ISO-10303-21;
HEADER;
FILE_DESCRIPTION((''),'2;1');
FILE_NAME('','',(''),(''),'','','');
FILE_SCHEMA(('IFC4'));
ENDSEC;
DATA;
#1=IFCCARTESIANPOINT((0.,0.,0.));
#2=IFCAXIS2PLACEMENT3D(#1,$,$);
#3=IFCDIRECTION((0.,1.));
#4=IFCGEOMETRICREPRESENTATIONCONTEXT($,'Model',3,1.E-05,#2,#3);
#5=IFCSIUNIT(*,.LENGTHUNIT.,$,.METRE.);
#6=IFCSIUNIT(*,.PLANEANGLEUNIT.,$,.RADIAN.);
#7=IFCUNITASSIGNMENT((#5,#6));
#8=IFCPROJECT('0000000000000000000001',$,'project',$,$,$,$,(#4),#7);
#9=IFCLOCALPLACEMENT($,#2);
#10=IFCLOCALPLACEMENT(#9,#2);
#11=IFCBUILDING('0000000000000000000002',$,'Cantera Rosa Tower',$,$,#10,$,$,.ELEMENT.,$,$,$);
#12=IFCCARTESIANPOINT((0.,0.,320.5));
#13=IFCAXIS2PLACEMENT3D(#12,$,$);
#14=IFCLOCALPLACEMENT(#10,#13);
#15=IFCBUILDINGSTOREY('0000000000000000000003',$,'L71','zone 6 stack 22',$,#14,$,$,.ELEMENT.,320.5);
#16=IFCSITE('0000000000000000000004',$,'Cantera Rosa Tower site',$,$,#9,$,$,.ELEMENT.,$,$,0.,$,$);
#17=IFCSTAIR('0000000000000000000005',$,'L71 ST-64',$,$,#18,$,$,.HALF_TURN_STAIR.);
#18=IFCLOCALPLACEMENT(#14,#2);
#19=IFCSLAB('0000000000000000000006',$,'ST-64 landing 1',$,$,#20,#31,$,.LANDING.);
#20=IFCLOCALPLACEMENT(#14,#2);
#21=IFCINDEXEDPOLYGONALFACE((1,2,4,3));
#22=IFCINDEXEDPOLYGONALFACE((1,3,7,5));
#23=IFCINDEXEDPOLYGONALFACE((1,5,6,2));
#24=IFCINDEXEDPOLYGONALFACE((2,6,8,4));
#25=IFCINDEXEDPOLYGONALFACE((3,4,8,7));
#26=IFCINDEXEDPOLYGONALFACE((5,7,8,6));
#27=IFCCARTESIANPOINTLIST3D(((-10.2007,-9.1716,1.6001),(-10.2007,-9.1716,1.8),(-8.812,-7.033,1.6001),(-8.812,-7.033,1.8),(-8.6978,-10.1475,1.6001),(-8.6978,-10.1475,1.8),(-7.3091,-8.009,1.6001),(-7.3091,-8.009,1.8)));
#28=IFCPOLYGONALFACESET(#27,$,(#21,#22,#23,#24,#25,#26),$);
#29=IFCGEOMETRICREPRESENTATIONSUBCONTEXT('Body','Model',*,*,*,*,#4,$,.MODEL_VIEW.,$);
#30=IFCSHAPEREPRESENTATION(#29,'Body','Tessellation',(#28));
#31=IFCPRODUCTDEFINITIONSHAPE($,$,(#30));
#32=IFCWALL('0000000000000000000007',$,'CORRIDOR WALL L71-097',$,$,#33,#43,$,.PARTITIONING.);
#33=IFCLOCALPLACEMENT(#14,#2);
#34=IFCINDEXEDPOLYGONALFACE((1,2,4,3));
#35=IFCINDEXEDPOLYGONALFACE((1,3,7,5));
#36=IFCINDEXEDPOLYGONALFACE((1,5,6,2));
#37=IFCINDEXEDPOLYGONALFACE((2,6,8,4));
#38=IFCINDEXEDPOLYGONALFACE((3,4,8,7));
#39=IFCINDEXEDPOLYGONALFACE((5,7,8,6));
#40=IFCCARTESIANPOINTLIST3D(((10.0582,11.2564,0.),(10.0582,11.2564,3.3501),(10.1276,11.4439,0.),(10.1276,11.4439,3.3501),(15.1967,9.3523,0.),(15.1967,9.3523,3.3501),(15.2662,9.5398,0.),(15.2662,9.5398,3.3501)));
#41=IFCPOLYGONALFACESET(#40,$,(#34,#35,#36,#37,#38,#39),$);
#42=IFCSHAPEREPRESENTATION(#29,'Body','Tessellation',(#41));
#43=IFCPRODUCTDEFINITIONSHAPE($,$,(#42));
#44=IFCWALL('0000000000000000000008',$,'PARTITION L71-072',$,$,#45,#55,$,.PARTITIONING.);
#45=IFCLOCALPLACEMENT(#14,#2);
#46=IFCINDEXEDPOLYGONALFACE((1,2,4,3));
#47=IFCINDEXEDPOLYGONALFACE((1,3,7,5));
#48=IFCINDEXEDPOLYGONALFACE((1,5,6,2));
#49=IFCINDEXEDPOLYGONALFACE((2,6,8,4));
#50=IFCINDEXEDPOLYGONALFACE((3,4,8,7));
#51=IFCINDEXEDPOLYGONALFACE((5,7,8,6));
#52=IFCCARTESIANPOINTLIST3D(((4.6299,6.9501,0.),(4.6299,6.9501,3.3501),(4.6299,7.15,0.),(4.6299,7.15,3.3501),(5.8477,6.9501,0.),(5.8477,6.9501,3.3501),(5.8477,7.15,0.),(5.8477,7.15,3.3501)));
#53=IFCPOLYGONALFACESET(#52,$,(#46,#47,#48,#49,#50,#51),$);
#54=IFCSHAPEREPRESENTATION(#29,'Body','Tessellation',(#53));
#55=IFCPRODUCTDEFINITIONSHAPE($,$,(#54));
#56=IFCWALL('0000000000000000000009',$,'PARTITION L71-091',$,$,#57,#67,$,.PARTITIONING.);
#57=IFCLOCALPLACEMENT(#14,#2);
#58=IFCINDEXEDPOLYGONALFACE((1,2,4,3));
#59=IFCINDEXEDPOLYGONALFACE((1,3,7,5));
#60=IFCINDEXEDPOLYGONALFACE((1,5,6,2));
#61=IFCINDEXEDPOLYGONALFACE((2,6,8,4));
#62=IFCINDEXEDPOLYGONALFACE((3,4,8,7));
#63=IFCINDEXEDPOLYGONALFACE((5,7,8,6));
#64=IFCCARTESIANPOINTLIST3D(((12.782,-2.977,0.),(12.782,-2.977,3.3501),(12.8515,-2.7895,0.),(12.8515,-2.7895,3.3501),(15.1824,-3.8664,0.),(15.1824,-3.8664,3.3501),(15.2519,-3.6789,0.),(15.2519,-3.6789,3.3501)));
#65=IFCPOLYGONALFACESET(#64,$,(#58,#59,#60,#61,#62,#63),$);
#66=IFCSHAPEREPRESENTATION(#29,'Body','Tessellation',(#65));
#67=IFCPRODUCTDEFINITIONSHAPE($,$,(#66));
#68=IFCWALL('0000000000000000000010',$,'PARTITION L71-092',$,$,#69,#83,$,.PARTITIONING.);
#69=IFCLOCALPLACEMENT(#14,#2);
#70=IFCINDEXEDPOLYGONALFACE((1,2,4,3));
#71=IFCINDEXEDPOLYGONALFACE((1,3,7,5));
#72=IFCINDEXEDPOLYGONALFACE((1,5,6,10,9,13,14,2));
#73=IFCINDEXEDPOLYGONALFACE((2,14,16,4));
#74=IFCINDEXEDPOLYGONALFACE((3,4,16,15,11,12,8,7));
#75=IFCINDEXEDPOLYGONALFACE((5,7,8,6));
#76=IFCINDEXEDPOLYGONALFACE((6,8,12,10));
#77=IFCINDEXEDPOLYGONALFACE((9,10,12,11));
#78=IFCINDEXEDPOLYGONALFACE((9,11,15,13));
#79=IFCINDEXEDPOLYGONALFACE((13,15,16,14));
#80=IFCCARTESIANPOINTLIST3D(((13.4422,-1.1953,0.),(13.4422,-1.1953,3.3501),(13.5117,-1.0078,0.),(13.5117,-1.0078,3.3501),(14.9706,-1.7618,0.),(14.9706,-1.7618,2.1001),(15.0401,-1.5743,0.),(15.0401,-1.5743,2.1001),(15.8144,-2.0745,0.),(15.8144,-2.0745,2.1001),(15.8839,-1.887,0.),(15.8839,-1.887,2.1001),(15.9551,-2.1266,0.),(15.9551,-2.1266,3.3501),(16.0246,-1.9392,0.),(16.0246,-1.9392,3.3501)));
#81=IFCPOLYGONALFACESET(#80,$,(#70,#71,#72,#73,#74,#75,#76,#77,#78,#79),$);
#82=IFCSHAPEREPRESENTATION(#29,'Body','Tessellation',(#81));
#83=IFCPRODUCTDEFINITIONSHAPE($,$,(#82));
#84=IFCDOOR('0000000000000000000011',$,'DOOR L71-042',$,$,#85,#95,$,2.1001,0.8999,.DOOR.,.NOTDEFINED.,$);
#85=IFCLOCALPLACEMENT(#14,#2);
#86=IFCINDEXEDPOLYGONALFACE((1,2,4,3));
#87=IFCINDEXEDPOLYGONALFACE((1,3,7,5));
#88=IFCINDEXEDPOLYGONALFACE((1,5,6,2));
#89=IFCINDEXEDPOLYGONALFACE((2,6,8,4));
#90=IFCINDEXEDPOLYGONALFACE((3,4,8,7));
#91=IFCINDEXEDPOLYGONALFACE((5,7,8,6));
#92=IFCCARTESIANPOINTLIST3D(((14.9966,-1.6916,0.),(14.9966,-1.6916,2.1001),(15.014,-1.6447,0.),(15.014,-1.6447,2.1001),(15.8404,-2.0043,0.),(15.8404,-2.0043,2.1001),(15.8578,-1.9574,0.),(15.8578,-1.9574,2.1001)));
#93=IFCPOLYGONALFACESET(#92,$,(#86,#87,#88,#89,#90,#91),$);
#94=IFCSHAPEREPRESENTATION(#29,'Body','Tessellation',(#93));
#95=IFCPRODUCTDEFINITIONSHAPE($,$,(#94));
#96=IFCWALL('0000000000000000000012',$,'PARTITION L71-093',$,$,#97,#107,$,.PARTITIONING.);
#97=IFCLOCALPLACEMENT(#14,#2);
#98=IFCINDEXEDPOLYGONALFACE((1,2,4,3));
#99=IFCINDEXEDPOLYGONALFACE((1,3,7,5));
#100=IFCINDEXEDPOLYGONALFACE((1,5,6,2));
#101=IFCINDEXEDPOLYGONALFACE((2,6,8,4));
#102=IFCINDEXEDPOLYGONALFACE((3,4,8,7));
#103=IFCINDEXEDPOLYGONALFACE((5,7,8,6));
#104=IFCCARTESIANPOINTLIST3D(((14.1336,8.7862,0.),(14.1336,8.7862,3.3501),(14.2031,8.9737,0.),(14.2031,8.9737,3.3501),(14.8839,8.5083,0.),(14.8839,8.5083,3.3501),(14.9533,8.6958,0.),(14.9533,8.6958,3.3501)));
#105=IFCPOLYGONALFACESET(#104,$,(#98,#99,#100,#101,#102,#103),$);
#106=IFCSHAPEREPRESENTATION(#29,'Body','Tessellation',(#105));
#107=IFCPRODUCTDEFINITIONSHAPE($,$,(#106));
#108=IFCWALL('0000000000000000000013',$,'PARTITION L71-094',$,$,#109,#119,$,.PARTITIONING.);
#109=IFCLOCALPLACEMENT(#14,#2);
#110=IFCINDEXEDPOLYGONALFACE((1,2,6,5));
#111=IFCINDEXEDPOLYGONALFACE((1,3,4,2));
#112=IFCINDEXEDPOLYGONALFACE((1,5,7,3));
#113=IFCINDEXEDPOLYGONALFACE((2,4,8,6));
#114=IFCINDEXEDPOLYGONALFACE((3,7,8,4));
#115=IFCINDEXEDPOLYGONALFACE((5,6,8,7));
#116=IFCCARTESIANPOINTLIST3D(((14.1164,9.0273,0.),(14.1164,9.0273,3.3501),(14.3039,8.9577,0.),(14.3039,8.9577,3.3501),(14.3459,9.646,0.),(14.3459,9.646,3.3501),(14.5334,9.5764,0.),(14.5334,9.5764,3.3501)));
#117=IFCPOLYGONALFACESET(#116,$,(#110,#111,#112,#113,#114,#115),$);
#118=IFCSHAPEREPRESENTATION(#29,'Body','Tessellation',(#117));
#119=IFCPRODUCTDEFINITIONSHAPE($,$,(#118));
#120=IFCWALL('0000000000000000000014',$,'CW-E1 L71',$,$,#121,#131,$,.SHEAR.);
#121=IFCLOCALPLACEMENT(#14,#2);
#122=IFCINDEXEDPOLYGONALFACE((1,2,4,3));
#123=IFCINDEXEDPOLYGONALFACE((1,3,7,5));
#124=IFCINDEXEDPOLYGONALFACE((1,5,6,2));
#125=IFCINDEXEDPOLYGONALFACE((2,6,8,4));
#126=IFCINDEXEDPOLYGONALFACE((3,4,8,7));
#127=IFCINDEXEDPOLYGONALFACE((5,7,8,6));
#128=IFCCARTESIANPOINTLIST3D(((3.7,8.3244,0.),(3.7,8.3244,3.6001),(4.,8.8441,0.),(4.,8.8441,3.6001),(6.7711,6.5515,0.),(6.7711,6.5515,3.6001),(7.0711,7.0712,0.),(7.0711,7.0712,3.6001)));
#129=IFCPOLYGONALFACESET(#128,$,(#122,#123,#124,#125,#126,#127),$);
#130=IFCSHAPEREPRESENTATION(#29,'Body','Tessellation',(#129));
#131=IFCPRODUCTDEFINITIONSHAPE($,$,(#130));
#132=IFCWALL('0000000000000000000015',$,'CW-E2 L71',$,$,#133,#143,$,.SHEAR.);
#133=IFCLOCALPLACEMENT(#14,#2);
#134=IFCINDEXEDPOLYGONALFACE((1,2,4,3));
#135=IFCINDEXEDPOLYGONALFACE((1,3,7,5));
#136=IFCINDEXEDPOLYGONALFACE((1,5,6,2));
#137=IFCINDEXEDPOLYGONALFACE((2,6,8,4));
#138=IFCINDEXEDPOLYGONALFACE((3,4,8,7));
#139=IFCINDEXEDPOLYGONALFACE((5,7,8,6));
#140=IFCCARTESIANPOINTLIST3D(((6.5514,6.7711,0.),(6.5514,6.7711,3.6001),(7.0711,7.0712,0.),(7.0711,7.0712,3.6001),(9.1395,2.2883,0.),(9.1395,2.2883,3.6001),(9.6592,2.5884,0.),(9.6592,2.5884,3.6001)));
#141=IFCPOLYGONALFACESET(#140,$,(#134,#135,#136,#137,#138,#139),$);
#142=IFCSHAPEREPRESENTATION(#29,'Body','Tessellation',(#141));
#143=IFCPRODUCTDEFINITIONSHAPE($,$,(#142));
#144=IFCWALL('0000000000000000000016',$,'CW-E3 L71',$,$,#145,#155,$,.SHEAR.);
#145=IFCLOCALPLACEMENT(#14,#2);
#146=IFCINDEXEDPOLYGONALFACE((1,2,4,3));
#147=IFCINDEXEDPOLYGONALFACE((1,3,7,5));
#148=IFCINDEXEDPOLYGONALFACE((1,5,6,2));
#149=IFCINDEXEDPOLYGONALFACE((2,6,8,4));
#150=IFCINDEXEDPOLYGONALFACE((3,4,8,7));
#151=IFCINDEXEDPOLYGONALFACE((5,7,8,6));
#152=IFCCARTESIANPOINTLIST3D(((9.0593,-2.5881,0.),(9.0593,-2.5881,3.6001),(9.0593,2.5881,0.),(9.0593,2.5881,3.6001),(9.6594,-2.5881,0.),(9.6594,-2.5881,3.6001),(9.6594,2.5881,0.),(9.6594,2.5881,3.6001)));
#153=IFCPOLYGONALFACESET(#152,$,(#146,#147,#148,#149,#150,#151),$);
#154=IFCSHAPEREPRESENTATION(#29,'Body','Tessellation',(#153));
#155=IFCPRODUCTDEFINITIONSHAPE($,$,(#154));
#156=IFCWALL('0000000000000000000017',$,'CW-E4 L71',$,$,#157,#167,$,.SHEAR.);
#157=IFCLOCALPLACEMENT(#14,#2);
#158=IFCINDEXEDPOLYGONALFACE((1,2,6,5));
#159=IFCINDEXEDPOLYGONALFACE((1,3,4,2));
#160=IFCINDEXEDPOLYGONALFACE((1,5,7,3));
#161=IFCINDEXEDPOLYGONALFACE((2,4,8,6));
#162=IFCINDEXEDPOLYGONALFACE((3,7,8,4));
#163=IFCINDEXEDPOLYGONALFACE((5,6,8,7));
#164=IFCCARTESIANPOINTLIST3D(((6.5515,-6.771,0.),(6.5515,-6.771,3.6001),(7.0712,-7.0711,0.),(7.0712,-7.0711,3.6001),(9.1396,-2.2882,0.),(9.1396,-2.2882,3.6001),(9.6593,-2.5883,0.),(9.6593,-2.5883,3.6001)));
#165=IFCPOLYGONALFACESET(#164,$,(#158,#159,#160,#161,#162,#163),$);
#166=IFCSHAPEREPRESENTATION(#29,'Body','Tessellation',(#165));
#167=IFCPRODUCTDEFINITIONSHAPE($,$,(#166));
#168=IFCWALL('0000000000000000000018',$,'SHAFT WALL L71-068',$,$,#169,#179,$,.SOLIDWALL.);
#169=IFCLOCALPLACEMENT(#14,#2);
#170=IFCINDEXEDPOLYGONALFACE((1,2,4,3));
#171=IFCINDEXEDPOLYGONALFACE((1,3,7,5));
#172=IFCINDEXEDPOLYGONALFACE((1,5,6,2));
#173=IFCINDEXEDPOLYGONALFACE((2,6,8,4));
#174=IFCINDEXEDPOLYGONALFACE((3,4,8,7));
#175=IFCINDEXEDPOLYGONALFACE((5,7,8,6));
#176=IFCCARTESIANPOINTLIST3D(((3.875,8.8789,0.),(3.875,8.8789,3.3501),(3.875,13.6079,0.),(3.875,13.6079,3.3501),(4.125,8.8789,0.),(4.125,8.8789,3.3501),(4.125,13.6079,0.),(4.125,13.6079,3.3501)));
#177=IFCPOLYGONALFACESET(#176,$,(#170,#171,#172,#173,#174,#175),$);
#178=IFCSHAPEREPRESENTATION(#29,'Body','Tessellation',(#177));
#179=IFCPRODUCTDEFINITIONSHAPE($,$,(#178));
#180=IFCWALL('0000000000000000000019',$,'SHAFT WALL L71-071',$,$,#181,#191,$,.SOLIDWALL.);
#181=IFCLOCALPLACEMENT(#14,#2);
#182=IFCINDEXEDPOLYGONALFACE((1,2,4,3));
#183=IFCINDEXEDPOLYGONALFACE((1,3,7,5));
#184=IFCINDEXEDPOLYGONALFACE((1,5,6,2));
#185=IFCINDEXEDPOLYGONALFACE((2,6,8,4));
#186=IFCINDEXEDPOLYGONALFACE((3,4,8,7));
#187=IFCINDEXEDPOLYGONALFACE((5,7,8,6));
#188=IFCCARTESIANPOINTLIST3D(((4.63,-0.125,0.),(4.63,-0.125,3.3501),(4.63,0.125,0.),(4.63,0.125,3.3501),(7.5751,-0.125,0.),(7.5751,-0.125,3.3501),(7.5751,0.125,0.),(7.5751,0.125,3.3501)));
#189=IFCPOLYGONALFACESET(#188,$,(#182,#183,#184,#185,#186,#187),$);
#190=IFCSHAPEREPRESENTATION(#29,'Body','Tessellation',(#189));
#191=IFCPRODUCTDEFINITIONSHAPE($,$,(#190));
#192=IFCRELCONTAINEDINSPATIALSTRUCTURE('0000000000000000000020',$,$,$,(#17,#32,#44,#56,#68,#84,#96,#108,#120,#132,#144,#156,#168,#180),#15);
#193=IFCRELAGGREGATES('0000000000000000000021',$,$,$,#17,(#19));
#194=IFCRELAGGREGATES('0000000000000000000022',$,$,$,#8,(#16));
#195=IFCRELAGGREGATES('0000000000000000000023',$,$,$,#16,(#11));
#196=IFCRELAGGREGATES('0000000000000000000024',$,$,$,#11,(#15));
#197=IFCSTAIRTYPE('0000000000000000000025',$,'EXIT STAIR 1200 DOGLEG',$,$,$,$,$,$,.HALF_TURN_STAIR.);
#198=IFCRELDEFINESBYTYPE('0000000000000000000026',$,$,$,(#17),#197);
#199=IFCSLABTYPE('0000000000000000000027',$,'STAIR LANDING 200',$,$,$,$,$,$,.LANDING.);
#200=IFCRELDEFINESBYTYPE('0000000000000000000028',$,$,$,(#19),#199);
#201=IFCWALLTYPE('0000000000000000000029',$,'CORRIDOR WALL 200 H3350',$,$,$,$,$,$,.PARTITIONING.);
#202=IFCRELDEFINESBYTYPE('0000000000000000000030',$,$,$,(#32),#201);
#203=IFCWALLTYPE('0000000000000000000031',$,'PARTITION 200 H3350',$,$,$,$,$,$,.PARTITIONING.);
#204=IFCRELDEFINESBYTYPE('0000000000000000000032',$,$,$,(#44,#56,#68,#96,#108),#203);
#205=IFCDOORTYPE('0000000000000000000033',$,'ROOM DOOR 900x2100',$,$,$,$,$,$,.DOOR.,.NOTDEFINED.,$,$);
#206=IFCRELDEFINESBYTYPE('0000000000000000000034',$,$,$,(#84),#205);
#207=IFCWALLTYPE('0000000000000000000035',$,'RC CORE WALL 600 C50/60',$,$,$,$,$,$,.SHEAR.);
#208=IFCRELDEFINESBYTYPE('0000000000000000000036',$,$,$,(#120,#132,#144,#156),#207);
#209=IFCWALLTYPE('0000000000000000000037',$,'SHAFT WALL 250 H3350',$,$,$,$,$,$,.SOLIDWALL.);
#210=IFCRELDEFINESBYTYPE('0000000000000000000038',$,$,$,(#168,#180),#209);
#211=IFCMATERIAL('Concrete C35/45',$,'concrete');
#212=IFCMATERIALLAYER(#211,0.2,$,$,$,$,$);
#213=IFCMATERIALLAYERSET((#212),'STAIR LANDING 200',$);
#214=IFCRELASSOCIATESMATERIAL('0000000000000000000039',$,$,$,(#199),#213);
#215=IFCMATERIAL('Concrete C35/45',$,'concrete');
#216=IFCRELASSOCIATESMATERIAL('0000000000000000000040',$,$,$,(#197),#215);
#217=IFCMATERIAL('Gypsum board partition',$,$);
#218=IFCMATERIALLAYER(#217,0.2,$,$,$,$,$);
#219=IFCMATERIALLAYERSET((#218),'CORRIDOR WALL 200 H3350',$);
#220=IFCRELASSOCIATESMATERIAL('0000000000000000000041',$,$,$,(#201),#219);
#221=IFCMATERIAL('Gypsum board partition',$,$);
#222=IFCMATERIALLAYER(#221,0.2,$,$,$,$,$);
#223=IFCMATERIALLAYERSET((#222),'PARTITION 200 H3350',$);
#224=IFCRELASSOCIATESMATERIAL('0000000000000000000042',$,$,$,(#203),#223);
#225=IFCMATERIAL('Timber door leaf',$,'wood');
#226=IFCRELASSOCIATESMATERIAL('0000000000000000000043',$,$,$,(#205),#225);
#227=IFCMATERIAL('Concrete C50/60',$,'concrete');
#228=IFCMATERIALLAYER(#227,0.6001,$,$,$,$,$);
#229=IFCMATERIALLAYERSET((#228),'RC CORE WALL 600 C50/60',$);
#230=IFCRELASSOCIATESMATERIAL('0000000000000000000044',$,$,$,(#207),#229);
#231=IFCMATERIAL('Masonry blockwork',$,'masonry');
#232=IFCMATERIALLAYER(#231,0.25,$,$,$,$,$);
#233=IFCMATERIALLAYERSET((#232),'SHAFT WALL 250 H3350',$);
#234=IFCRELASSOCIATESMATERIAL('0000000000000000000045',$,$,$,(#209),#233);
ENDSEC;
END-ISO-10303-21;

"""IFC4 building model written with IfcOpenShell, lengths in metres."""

from ifc_helpers import new_model, si_unit, direction, frame, frame_2d, origin, place, context, subcontext, project, spatial, polyline, rectangle, outline, extrude, material, layer, layer_set, type_object, element, fill, aggregate, save


model = new_model("IFC4")

# Units and contexts
model_context = context("Model", 3, precision=1e-05, world=origin(), true_north=direction((0.0, 1.0)))
body_context = subcontext(model_context, "Body", "Model", "MODEL_VIEW")
ifc_project = project(units=[si_unit("LENGTHUNIT", "METRE"), si_unit("PLANEANGLEUNIT", "RADIAN")], contexts=[model_context])

# Site, building, storey
site_placement = place(None, origin())
site = spatial("IfcSite", under=ifc_project, at=site_placement, Name="Cantera Rosa Tower site", CompositionType="ELEMENT", RefElevation=0.0)
building_placement = place(site_placement, origin())
building = spatial("IfcBuilding", under=site, at=building_placement, Name="Cantera Rosa Tower", CompositionType="ELEMENT")
storey_placement = place(building_placement, frame((0.0, 0.0, 320.5)))
storey = spatial("IfcBuildingStorey", under=building, at=storey_placement, Name="L71", Description="zone 6 stack 22", CompositionType="ELEMENT", Elevation=320.5)

# Stair, slab
ifc_material_1 = material(Name="Concrete C35/45", Category="concrete")
ifc_layer_1 = layer(ifc_material_1, 0.2)
ifc_layer_set_1 = layer_set([ifc_layer_1], Name="STAIR LANDING 200")
slab_type = type_object("IfcSlabType", Name="STAIR LANDING 200", PredefinedType="LANDING", material=ifc_layer_set_1)
ifc_material_2 = material(Name="Concrete C35/45", Category="concrete")
stair_type_1 = type_object("IfcStairType", Name="EXIT STAIR 1200 DOGLEG", PredefinedType="HALF_TURN_STAIR", material=ifc_material_2)
stair_1_placement = place(storey_placement, origin())
stair_1 = element("IfcStair", 1, at=stair_1_placement, inside=storey, type_object=stair_type_1, Name="L71 ST-64", PredefinedType="HALF_TURN_STAIR")
slab_1_placement = place(storey_placement, frame((0.0, 0.0, 1.6001)))
slab_1 = element("IfcSlab", 2, at=slab_1_placement, type_object=slab_type, Name="ST-64 landing 1", PredefinedType="LANDING", context=body_context, shape_type="SweptSolid", body=[
    extrude(outline(polyline([(-7.3091, -8.009), (-8.812, -7.033), (-10.2007, -9.1716), (-8.6978, -10.1475), (-7.3091, -8.009)])), origin(), (0.0, 0.0, 1.0), 0.2),
])
aggregate(stair_1, [slab_1])

# Walls
ifc_material_3 = material(Name="Gypsum board partition")
ifc_layer_2 = layer(ifc_material_3, 0.2)
ifc_layer_set_2 = layer_set([ifc_layer_2], Name="CORRIDOR WALL 200 H3350")
wall_type_1 = type_object("IfcWallType", Name="CORRIDOR WALL 200 H3350", PredefinedType="PARTITIONING", material=ifc_layer_set_2)
wall_1_placement = place(storey_placement, frame((15.2314, 9.446, 0.0), z_axis=(0.0, 0.0, 1.0), x_axis=(-0.937693, 0.347464, 0.0)))
element("IfcWall", 3, at=wall_1_placement, inside=storey, type_object=wall_type_1, Name="CORRIDOR WALL L71-097", PredefinedType="PARTITIONING", context=body_context, shape_type="SweptSolid", body=[
    extrude(rectangle(XDim=5.48, YDim=0.2, at=frame_2d((2.74, 0.0))), origin(), (0.0, 0.0, 1.0), 3.3501),
])
ifc_material_4 = material(Name="Gypsum board partition")
ifc_layer_3 = layer(ifc_material_4, 0.2)
ifc_layer_set_3 = layer_set([ifc_layer_3], Name="PARTITION 200 H3350")
wall_type_2 = type_object("IfcWallType", Name="PARTITION 200 H3350", PredefinedType="PARTITIONING", material=ifc_layer_set_3)
wall_2_placement = place(storey_placement, frame((4.6299, 7.05, 0.0), z_axis=(0.0, 0.0, 1.0), x_axis=(1.0, 0.0, 0.0)))
element("IfcWall", 4, at=wall_2_placement, inside=storey, type_object=wall_type_2, Name="PARTITION L71-072", PredefinedType="PARTITIONING", context=body_context, shape_type="SweptSolid", body=[
    extrude(rectangle(XDim=1.2178, YDim=0.2, at=frame_2d((0.6089, 0.0))), origin(), (0.0, 0.0, 1.0), 3.3501),
])
wall_3_placement = place(storey_placement, frame((12.8169, -2.8833, 0.0), z_axis=(0.0, 0.0, 1.0), x_axis=(0.937702, -0.347442, 0.0)))
element("IfcWall", 5, at=wall_3_placement, inside=storey, type_object=wall_type_2, Name="PARTITION L71-091", PredefinedType="PARTITIONING", context=body_context, shape_type="SweptSolid", body=[
    extrude(rectangle(XDim=2.5598, YDim=0.2, at=frame_2d((1.2798, 0.0))), origin(), (0.0, 0.0, 1.0), 3.3501),
])

# Wall, opening, door
wall_4_placement = place(storey_placement, frame((13.4771, -1.1016, 0.0), z_axis=(0.0, 0.0, 1.0), x_axis=(0.937666, -0.347537, 0.0)))
wall_4 = element("IfcWall", 6, at=wall_4_placement, inside=storey, type_object=wall_type_2, Name="PARTITION L71-092", PredefinedType="PARTITIONING", context=body_context, shape_type="SweptSolid", body=[
    extrude(rectangle(XDim=2.6799, YDim=0.2, at=frame_2d((1.3398, 0.0))), origin(), (0.0, 0.0, 1.0), 3.3501),
])
opening_placement = place(wall_4_placement, frame((1.6299, 0.0, 0.0)))
opening = element("IfcOpeningElement", 7, at=opening_placement, cuts=wall_4, PredefinedType="OPENING", context=body_context, shape_type="SweptSolid", body=[
    extrude(rectangle(XDim=0.8999, YDim=2.1001, at=frame_2d((0.45, 1.05))), frame((0.0, 0.1099, 0.0), z_axis=(0.0, -1.0, 0.0), x_axis=(1.0, 0.0, 0.0)), (0.0, 0.0, 1.0), 0.22),
])
ifc_material_5 = material(Name="Timber door leaf", Category="wood")
door_type = type_object("IfcDoorType", Name="ROOM DOOR 900x2100", OperationType="NOTDEFINED", PredefinedType="DOOR", material=ifc_material_5)
door_placement = place(opening_placement, origin())
door = element("IfcDoor", 8, at=door_placement, inside=storey, type_object=door_type, Name="DOOR L71-042", OperationType="NOTDEFINED", OverallHeight=2.1001, OverallWidth=0.8999, PredefinedType="DOOR", context=body_context, shape_type="SweptSolid", body=[
    extrude(rectangle(XDim=0.8999, YDim=2.1001, at=frame_2d((0.45, 1.05))), frame((0.0, 0.0249, 0.0), z_axis=(0.0, -1.0, 0.0), x_axis=(1.0, 0.0, 0.0)), (0.0, 0.0, 1.0), 0.05),
])
fill(opening, door)

# Walls
wall_5_placement = place(storey_placement, frame((14.1685, 8.8799, 0.0), z_axis=(0.0, 0.0, 1.0), x_axis=(0.937763, -0.347275, 0.0)))
element("IfcWall", 9, at=wall_5_placement, inside=storey, type_object=wall_type_2, Name="PARTITION L71-093", PredefinedType="PARTITIONING", context=body_context, shape_type="SweptSolid", body=[
    extrude(rectangle(XDim=0.8, YDim=0.2, at=frame_2d((0.3999, 0.0))), origin(), (0.0, 0.0, 1.0), 3.3501),
])
wall_6_placement = place(storey_placement, frame((14.4397, 9.6113, 0.0), z_axis=(0.0, 0.0, 1.0), x_axis=(-0.347796, -0.93757, 0.0)))
element("IfcWall", 10, at=wall_6_placement, inside=storey, type_object=wall_type_2, Name="PARTITION L71-094", PredefinedType="PARTITIONING", context=body_context, shape_type="SweptSolid", body=[
    extrude(rectangle(XDim=0.6599, YDim=0.2, at=frame_2d((0.3301, 0.0))), origin(), (0.0, 0.0, 1.0), 3.3501),
])
ifc_material_6 = material(Name="Concrete C50/60", Category="concrete")
ifc_layer_4 = layer(ifc_material_6, 0.6001)
ifc_layer_set_4 = layer_set([ifc_layer_4], Name="RC CORE WALL 600 C50/60")
wall_type_3 = type_object("IfcWallType", Name="RC CORE WALL 600 C50/60", PredefinedType="SHEAR", material=ifc_layer_set_4)
wall_7_placement = place(storey_placement, frame((3.8501, 8.5842, 0.0), z_axis=(0.0, 0.0, 1.0), x_axis=(0.86604, -0.499975, 0.0)))
element("IfcWall", 11, at=wall_7_placement, inside=storey, type_object=wall_type_3, Name="CW-E1 L71", PredefinedType="SHEAR", context=body_context, shape_type="SweptSolid", body=[
    extrude(rectangle(XDim=3.5461, YDim=0.6001, at=frame_2d((1.7729, 0.0))), origin(), (0.0, 0.0, 1.0), 3.6001),
])
for number, where, z_axis, x_axis, name in (
    (12, (6.8113, 6.9211, 0.0), (0.0, 0.0, 1.0), (0.499989, -0.866032, 0.0), "CW-E2 L71"),
    (13, (9.3594, 2.5881, 0.0), (0.0, 0.0, 1.0), (0.0, -1.0, 0.0), "CW-E3 L71"),
    (14, (9.3994, -2.4382, 0.0), (0.0, 0.0, 1.0), (-0.499989, -0.866032, 0.0), "CW-E4 L71"),
):
    element("IfcWall", number, at=place(storey_placement, frame(where, z_axis=z_axis, x_axis=x_axis)), inside=storey, type_object=wall_type_3, Name=name, PredefinedType="SHEAR", context=body_context, shape_type="SweptSolid", body=[
        extrude(rectangle(XDim=5.1763, YDim=0.6001, at=frame_2d((2.5881, 0.0))), origin(), (0.0, 0.0, 1.0), 3.6001),
    ])
ifc_material_7 = material(Name="Masonry blockwork", Category="masonry")
ifc_layer_5 = layer(ifc_material_7, 0.25)
ifc_layer_set_5 = layer_set([ifc_layer_5], Name="SHAFT WALL 250 H3350")
wall_type_4 = type_object("IfcWallType", Name="SHAFT WALL 250 H3350", PredefinedType="SOLIDWALL", material=ifc_layer_set_5)
wall_8_placement = place(storey_placement, frame((4.0, 8.8789, 0.0), z_axis=(0.0, 0.0, 1.0), x_axis=(0.0, 1.0, 0.0)))
element("IfcWall", 15, at=wall_8_placement, inside=storey, type_object=wall_type_4, Name="SHAFT WALL L71-068", PredefinedType="SOLIDWALL", context=body_context, shape_type="SweptSolid", body=[
    extrude(rectangle(XDim=4.729, YDim=0.25, at=frame_2d((2.3645, 0.0))), origin(), (0.0, 0.0, 1.0), 3.3501),
])
wall_9_placement = place(storey_placement, frame((4.6299, 0.0, 0.0), z_axis=(0.0, 0.0, 1.0), x_axis=(1.0, 0.0, 0.0)))
element("IfcWall", 16, at=wall_9_placement, inside=storey, type_object=wall_type_4, Name="SHAFT WALL L71-071", PredefinedType="SOLIDWALL", context=body_context, shape_type="SweptSolid", body=[
    extrude(rectangle(XDim=2.9451, YDim=0.25, at=frame_2d((1.4727, 0.0))), origin(), (0.0, 0.0, 1.0), 3.3501),
])

save(model, "model.ifc")
